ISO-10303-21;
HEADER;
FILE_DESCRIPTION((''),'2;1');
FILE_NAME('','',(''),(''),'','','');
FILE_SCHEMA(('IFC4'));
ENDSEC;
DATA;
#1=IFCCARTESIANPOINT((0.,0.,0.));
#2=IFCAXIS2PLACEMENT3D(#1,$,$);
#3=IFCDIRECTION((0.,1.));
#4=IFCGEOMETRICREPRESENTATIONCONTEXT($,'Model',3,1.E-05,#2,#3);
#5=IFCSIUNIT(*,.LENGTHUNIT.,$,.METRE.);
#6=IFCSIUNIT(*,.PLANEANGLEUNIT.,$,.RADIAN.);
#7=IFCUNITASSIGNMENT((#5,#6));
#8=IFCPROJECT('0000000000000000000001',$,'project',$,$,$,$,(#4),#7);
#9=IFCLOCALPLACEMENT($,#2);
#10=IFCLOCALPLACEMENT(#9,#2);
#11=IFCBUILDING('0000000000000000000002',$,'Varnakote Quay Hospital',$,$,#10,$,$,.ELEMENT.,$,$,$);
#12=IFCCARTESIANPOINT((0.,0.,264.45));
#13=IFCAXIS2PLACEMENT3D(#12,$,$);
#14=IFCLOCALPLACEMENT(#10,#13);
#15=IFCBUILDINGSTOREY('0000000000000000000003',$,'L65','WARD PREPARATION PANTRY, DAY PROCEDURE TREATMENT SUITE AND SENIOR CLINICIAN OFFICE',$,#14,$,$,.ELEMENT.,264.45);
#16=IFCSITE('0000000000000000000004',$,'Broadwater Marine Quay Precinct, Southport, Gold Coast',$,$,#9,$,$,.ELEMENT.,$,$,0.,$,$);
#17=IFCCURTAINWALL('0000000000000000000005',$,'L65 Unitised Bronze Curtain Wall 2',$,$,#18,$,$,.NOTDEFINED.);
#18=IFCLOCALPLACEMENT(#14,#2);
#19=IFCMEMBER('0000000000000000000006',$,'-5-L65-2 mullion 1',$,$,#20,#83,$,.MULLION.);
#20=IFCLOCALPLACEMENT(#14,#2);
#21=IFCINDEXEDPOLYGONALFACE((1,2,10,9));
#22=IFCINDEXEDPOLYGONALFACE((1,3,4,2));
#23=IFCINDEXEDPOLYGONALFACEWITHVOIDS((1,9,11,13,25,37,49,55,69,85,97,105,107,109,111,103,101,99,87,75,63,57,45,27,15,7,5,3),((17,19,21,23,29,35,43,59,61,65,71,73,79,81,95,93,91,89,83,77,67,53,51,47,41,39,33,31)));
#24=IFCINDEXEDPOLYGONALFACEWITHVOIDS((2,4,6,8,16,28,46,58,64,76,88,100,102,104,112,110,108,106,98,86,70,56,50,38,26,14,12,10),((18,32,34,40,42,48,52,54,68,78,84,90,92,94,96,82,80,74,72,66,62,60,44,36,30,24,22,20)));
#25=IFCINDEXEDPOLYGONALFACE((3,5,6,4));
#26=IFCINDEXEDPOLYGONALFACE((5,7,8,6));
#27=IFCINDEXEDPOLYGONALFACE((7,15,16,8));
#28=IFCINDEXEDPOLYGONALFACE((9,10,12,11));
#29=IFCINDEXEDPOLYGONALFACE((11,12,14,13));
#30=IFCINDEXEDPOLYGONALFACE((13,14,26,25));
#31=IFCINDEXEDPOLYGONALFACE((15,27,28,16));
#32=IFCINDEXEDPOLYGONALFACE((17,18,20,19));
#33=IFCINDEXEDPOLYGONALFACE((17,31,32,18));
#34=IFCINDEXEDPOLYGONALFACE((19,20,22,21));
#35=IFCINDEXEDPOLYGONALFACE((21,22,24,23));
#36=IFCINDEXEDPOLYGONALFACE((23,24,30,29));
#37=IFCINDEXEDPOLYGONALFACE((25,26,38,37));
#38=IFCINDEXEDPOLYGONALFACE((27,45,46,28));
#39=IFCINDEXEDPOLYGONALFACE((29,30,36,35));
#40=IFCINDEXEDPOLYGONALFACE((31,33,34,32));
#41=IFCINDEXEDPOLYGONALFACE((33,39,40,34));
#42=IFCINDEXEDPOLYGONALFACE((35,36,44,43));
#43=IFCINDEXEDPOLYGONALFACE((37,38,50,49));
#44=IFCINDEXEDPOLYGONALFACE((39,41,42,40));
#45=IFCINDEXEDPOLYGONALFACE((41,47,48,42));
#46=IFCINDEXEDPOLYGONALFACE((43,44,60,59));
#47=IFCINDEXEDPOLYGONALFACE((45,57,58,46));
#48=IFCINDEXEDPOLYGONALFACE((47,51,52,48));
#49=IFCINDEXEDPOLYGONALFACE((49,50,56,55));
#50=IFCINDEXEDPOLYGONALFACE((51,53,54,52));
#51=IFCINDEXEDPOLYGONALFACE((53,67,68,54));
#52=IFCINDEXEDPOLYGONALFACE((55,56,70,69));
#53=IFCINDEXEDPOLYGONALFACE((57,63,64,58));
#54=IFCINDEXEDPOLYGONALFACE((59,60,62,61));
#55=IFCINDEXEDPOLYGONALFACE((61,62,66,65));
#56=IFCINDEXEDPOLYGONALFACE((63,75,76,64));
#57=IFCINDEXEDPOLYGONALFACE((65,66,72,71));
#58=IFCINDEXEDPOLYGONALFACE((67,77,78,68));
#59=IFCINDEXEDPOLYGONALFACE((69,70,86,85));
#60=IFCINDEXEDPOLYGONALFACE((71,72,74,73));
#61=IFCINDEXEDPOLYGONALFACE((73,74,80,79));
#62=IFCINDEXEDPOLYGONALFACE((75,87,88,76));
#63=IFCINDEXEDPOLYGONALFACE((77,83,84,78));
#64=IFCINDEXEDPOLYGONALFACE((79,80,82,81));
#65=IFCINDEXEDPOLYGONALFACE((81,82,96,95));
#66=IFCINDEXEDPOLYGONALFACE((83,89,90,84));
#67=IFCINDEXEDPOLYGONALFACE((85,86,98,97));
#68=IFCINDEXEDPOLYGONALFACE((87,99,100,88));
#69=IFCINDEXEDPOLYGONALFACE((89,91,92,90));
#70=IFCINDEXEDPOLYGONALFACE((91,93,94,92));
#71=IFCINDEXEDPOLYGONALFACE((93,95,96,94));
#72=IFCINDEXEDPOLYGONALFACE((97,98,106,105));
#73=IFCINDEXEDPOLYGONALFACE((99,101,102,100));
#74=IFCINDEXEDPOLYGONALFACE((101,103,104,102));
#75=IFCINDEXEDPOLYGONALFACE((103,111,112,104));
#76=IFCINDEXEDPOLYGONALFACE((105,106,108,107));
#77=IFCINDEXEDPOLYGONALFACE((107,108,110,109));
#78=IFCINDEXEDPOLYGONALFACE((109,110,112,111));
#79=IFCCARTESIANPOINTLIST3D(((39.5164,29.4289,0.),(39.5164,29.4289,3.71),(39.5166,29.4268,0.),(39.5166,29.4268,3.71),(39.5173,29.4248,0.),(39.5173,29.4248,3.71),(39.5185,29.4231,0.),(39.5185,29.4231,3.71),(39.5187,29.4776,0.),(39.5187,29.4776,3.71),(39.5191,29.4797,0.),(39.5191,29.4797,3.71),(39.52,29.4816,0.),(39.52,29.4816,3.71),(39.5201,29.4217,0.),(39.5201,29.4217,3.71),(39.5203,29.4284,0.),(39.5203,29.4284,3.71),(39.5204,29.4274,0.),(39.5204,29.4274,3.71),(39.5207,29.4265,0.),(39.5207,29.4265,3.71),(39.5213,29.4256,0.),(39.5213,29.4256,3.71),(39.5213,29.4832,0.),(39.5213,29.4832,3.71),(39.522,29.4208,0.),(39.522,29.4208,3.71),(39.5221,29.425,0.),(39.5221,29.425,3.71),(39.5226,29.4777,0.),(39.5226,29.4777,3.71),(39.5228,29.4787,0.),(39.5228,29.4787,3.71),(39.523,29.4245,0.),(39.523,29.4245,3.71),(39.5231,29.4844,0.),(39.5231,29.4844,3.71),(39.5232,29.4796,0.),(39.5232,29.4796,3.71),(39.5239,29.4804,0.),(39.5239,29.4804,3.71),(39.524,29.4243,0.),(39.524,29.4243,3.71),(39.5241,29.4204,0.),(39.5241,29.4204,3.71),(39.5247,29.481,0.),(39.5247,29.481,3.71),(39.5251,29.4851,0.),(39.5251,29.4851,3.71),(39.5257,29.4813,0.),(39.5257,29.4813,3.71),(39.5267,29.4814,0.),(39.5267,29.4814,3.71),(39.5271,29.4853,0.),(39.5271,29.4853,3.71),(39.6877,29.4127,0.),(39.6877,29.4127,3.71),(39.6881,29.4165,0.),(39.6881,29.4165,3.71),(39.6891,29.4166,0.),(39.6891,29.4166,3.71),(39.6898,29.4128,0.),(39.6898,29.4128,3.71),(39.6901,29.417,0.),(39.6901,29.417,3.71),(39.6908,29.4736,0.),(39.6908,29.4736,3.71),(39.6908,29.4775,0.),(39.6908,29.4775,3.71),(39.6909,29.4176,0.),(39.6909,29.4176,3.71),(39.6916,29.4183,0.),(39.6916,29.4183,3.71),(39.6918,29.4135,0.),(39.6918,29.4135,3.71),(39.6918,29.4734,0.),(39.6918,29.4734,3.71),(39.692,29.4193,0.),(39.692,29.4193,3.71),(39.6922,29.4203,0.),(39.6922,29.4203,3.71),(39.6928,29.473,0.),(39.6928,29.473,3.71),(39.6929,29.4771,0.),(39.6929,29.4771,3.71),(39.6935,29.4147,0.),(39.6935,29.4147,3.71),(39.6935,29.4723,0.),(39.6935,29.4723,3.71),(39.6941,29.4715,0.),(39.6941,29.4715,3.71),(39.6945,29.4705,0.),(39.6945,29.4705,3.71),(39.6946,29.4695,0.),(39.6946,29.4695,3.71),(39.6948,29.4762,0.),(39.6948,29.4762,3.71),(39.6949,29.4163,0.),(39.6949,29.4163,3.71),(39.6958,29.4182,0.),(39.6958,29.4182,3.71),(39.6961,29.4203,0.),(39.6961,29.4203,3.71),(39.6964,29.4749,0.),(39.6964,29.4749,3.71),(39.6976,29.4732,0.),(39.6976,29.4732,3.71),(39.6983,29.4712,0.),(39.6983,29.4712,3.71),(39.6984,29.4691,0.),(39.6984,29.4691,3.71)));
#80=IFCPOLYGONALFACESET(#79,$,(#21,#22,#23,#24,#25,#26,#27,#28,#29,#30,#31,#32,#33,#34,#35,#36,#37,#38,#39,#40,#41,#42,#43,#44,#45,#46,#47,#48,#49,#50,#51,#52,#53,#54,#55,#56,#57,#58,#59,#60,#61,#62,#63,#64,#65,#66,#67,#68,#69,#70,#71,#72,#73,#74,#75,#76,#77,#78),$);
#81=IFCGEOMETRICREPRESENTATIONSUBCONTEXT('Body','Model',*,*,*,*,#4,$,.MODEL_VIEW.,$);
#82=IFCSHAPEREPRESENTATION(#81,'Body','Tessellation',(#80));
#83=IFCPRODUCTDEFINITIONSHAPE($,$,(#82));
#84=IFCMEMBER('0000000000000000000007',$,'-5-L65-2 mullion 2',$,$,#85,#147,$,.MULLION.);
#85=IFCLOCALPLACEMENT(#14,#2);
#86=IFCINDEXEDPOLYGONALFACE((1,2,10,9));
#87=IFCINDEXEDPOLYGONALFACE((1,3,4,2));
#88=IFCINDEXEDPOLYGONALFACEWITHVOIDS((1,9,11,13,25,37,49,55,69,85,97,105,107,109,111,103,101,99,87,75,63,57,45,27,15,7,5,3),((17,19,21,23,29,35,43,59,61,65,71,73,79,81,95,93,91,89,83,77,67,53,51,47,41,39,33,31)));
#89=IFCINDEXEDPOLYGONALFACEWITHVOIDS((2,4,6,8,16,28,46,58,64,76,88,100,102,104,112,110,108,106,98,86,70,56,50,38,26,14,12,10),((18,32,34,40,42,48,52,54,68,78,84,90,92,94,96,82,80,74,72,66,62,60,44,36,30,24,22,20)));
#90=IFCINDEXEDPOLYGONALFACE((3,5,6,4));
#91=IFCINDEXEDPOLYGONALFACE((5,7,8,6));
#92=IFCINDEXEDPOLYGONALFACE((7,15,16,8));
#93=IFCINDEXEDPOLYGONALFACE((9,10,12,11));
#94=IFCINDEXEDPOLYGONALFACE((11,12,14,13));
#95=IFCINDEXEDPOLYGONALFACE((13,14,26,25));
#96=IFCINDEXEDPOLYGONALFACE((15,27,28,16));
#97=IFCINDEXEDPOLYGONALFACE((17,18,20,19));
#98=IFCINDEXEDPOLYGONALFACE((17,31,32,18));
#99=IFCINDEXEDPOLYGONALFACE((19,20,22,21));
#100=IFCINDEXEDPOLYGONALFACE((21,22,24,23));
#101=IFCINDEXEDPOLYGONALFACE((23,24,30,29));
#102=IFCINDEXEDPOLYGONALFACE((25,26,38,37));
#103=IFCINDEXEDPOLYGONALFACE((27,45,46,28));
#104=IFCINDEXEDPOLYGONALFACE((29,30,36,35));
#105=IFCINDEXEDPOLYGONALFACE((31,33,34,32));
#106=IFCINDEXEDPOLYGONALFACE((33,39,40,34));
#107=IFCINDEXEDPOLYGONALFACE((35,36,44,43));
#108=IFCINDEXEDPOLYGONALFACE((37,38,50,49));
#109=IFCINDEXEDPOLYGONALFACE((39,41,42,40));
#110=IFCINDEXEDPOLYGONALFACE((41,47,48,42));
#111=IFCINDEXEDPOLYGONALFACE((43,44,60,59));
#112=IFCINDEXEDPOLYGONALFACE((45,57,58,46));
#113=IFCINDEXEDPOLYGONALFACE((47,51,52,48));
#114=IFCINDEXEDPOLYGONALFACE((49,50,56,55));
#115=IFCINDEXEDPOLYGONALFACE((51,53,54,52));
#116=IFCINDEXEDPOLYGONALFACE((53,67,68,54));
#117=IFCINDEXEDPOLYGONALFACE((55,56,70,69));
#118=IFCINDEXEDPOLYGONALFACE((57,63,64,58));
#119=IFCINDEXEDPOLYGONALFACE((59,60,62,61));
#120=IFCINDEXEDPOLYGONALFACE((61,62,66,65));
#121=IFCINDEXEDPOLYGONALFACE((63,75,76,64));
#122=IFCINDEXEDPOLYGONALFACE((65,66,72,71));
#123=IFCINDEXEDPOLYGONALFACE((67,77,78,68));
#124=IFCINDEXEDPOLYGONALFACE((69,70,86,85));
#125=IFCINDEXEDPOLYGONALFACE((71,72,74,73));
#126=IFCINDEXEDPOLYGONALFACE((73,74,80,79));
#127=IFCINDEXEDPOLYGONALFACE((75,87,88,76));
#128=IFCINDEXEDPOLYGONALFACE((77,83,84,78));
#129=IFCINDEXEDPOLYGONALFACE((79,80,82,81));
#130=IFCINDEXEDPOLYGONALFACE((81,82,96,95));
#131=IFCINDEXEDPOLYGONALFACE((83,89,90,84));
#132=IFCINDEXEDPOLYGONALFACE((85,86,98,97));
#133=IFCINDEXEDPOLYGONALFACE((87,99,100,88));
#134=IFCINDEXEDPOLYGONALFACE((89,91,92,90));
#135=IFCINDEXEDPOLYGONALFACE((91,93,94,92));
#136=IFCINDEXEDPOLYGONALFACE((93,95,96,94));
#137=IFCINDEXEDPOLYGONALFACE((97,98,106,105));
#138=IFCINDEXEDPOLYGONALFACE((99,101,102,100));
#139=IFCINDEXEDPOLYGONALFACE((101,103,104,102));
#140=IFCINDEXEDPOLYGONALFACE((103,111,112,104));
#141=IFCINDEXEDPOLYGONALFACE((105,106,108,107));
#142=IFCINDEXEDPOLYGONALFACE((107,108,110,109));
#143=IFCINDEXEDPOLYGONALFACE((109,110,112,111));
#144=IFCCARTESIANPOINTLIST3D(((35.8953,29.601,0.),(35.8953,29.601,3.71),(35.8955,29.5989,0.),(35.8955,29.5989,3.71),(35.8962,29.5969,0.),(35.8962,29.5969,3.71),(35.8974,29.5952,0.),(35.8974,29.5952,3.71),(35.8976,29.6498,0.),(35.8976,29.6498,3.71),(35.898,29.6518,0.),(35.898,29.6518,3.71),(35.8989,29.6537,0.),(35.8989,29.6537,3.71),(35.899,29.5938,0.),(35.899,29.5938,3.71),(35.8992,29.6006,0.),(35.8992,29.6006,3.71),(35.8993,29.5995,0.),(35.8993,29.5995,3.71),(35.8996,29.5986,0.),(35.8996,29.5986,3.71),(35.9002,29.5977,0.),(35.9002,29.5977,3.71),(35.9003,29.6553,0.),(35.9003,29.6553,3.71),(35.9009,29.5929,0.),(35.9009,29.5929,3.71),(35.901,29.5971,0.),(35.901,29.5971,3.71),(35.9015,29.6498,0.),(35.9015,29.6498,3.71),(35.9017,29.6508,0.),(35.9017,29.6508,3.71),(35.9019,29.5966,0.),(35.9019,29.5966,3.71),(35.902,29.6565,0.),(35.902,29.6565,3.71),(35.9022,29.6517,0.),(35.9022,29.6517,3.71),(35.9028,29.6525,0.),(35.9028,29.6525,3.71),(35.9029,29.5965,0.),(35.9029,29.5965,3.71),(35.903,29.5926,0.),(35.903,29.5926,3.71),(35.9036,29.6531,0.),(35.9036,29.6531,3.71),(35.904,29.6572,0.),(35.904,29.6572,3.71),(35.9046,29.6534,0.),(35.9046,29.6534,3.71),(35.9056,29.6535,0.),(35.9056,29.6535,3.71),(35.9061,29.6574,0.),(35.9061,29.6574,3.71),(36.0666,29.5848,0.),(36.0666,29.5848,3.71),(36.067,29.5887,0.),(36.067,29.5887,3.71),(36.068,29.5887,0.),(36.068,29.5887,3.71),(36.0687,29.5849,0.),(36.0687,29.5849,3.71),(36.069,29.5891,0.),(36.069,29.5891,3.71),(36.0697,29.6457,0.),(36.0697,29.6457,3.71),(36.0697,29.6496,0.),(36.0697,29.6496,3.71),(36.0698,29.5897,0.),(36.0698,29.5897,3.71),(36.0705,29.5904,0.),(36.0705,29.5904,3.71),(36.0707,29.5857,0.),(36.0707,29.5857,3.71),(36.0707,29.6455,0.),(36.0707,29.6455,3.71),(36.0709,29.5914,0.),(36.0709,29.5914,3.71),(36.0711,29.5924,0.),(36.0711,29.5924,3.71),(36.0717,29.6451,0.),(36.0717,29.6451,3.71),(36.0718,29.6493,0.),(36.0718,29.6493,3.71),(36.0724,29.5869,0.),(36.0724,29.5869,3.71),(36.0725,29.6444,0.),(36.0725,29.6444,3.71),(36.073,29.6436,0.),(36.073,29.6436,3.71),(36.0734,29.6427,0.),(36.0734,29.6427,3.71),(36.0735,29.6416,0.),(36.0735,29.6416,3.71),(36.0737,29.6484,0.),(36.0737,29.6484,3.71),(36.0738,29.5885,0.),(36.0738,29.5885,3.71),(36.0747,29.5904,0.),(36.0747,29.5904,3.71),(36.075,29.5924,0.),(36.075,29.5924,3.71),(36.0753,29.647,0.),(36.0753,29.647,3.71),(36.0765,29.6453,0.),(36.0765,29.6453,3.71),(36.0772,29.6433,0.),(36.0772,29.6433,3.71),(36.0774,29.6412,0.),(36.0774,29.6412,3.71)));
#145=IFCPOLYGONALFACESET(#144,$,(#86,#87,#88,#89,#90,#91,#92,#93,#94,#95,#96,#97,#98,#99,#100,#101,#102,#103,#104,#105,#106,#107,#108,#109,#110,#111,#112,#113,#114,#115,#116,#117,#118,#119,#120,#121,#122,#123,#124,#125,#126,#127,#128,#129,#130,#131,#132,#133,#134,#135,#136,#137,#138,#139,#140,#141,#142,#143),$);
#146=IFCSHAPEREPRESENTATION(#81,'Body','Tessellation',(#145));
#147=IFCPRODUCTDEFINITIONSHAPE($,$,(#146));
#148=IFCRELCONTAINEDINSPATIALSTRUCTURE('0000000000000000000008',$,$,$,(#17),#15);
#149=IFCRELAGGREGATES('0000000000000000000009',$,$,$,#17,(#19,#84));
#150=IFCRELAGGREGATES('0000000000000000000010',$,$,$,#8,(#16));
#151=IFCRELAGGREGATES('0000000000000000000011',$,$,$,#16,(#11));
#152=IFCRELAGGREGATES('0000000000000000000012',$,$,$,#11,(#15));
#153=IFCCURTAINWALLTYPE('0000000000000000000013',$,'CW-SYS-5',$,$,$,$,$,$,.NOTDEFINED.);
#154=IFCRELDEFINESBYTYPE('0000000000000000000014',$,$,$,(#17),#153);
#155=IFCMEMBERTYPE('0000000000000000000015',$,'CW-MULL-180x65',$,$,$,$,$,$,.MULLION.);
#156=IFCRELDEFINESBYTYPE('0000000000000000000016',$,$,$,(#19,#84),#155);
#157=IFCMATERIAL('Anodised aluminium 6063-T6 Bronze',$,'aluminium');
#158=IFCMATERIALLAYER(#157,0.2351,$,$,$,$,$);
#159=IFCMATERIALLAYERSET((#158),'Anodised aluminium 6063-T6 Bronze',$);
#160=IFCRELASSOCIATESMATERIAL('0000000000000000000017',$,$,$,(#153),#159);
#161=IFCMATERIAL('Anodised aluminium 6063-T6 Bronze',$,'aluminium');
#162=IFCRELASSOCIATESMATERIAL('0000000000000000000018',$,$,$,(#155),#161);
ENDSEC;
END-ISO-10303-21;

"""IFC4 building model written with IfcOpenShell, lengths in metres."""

from ifc_helpers import new_model, si_unit, direction, frame, origin, origin_2d, place, context, subcontext, project, spatial, hollow_rectangle, extrude, material, layer, layer_set, material_profile, profile_set, type_object, element, aggregate, save


model = new_model("IFC4")

# Units and contexts
model_context = context("Model", 3, precision=1e-05, world=origin(), true_north=direction((0.0, 1.0)))
body_context = subcontext(model_context, "Body", "Model", "MODEL_VIEW")
ifc_project = project(units=[si_unit("LENGTHUNIT", "METRE"), si_unit("PLANEANGLEUNIT", "RADIAN")], contexts=[model_context])

# Site, building, storey
site_placement = place(None, origin())
site = spatial("IfcSite", under=ifc_project, at=site_placement, Name="Broadwater Marine Quay Precinct, Southport, Gold Coast", CompositionType="ELEMENT", RefElevation=0.0)
building_placement = place(site_placement, origin())
building = spatial("IfcBuilding", under=site, at=building_placement, Name="Varnakote Quay Hospital", CompositionType="ELEMENT")
storey_placement = place(building_placement, frame((0.0, 0.0, 264.45)))
storey = spatial("IfcBuildingStorey", under=building, at=storey_placement, Name="L65", Description="WARD PREPARATION PANTRY, DAY PROCEDURE TREATMENT SUITE AND SENIOR CLINICIAN OFFICE", CompositionType="ELEMENT", Elevation=264.45)

# Curtain wall, members
ifc_material_1 = material(Name="Anodised aluminium 6063-T6 Bronze", Category="aluminium")
ifc_layer_1 = layer(ifc_material_1, 0.2351)
ifc_layer_set_1 = layer_set([ifc_layer_1], Name="Anodised aluminium 6063-T6 Bronze")
curtain_wall_type = type_object("IfcCurtainWallType", Name="CW-SYS-5", PredefinedType="NOTDEFINED", material=ifc_layer_set_1)
ifc_material_2 = material(Name="Anodised aluminium 6063-T6 Bronze", Category="aluminium")
ifc_material_profile_1 = material_profile(ifc_material_2, hollow_rectangle(XDim=0.0649, YDim=0.1799, WallThickness=0.0039, InnerFilletRadius=0.0039, OuterFilletRadius=0.0081, at=origin_2d()), Name="CW-MULL-180x65")
ifc_profile_set_1 = profile_set([ifc_material_profile_1], Name="Anodised aluminium 6063-T6 Bronze")
member_type_1 = type_object("IfcMemberType", Name="CW-MULL-180x65", PredefinedType="MULLION", material=ifc_profile_set_1)
curtain_wall_1_placement = place(storey_placement, origin())
curtain_wall_1 = element("IfcCurtainWall", 1, at=curtain_wall_1_placement, inside=storey, type_object=curtain_wall_type, Name="L65 Unitised Bronze Curtain Wall 2", PredefinedType="NOTDEFINED")
member_1_placement = place(storey_placement, frame((39.6074, 29.449, 0.0), z_axis=(0.0, 0.0, 1.0), x_axis=(-0.047497, -0.998871, 0.0)))
member_1 = element("IfcMember", 2, at=member_1_placement, type_object=member_type_1, Name="-5-L65-2 mullion 1", PredefinedType="MULLION", context=body_context, shape_type="SweptSolid", body=[
    extrude(hollow_rectangle(XDim=0.0649, YDim=0.1799, WallThickness=0.0039, InnerFilletRadius=0.0039, OuterFilletRadius=0.0081, at=origin_2d()), origin(), (0.0, 0.0, 1.0), 3.71),
])
member_2_placement = place(storey_placement, frame((35.9863, 29.6211, 0.0), z_axis=(0.0, 0.0, 1.0), x_axis=(-0.047497, -0.998871, 0.0)))
member_2 = element("IfcMember", 3, at=member_2_placement, type_object=member_type_1, Name="-5-L65-2 mullion 2", PredefinedType="MULLION", context=body_context, shape_type="SweptSolid", body=[
    extrude(hollow_rectangle(XDim=0.0649, YDim=0.1799, WallThickness=0.0039, InnerFilletRadius=0.0039, OuterFilletRadius=0.0081, at=origin_2d()), origin(), (0.0, 0.0, 1.0), 3.71),
])

aggregate(curtain_wall_1, [member_1, member_2])

save(model, "model.ifc")
